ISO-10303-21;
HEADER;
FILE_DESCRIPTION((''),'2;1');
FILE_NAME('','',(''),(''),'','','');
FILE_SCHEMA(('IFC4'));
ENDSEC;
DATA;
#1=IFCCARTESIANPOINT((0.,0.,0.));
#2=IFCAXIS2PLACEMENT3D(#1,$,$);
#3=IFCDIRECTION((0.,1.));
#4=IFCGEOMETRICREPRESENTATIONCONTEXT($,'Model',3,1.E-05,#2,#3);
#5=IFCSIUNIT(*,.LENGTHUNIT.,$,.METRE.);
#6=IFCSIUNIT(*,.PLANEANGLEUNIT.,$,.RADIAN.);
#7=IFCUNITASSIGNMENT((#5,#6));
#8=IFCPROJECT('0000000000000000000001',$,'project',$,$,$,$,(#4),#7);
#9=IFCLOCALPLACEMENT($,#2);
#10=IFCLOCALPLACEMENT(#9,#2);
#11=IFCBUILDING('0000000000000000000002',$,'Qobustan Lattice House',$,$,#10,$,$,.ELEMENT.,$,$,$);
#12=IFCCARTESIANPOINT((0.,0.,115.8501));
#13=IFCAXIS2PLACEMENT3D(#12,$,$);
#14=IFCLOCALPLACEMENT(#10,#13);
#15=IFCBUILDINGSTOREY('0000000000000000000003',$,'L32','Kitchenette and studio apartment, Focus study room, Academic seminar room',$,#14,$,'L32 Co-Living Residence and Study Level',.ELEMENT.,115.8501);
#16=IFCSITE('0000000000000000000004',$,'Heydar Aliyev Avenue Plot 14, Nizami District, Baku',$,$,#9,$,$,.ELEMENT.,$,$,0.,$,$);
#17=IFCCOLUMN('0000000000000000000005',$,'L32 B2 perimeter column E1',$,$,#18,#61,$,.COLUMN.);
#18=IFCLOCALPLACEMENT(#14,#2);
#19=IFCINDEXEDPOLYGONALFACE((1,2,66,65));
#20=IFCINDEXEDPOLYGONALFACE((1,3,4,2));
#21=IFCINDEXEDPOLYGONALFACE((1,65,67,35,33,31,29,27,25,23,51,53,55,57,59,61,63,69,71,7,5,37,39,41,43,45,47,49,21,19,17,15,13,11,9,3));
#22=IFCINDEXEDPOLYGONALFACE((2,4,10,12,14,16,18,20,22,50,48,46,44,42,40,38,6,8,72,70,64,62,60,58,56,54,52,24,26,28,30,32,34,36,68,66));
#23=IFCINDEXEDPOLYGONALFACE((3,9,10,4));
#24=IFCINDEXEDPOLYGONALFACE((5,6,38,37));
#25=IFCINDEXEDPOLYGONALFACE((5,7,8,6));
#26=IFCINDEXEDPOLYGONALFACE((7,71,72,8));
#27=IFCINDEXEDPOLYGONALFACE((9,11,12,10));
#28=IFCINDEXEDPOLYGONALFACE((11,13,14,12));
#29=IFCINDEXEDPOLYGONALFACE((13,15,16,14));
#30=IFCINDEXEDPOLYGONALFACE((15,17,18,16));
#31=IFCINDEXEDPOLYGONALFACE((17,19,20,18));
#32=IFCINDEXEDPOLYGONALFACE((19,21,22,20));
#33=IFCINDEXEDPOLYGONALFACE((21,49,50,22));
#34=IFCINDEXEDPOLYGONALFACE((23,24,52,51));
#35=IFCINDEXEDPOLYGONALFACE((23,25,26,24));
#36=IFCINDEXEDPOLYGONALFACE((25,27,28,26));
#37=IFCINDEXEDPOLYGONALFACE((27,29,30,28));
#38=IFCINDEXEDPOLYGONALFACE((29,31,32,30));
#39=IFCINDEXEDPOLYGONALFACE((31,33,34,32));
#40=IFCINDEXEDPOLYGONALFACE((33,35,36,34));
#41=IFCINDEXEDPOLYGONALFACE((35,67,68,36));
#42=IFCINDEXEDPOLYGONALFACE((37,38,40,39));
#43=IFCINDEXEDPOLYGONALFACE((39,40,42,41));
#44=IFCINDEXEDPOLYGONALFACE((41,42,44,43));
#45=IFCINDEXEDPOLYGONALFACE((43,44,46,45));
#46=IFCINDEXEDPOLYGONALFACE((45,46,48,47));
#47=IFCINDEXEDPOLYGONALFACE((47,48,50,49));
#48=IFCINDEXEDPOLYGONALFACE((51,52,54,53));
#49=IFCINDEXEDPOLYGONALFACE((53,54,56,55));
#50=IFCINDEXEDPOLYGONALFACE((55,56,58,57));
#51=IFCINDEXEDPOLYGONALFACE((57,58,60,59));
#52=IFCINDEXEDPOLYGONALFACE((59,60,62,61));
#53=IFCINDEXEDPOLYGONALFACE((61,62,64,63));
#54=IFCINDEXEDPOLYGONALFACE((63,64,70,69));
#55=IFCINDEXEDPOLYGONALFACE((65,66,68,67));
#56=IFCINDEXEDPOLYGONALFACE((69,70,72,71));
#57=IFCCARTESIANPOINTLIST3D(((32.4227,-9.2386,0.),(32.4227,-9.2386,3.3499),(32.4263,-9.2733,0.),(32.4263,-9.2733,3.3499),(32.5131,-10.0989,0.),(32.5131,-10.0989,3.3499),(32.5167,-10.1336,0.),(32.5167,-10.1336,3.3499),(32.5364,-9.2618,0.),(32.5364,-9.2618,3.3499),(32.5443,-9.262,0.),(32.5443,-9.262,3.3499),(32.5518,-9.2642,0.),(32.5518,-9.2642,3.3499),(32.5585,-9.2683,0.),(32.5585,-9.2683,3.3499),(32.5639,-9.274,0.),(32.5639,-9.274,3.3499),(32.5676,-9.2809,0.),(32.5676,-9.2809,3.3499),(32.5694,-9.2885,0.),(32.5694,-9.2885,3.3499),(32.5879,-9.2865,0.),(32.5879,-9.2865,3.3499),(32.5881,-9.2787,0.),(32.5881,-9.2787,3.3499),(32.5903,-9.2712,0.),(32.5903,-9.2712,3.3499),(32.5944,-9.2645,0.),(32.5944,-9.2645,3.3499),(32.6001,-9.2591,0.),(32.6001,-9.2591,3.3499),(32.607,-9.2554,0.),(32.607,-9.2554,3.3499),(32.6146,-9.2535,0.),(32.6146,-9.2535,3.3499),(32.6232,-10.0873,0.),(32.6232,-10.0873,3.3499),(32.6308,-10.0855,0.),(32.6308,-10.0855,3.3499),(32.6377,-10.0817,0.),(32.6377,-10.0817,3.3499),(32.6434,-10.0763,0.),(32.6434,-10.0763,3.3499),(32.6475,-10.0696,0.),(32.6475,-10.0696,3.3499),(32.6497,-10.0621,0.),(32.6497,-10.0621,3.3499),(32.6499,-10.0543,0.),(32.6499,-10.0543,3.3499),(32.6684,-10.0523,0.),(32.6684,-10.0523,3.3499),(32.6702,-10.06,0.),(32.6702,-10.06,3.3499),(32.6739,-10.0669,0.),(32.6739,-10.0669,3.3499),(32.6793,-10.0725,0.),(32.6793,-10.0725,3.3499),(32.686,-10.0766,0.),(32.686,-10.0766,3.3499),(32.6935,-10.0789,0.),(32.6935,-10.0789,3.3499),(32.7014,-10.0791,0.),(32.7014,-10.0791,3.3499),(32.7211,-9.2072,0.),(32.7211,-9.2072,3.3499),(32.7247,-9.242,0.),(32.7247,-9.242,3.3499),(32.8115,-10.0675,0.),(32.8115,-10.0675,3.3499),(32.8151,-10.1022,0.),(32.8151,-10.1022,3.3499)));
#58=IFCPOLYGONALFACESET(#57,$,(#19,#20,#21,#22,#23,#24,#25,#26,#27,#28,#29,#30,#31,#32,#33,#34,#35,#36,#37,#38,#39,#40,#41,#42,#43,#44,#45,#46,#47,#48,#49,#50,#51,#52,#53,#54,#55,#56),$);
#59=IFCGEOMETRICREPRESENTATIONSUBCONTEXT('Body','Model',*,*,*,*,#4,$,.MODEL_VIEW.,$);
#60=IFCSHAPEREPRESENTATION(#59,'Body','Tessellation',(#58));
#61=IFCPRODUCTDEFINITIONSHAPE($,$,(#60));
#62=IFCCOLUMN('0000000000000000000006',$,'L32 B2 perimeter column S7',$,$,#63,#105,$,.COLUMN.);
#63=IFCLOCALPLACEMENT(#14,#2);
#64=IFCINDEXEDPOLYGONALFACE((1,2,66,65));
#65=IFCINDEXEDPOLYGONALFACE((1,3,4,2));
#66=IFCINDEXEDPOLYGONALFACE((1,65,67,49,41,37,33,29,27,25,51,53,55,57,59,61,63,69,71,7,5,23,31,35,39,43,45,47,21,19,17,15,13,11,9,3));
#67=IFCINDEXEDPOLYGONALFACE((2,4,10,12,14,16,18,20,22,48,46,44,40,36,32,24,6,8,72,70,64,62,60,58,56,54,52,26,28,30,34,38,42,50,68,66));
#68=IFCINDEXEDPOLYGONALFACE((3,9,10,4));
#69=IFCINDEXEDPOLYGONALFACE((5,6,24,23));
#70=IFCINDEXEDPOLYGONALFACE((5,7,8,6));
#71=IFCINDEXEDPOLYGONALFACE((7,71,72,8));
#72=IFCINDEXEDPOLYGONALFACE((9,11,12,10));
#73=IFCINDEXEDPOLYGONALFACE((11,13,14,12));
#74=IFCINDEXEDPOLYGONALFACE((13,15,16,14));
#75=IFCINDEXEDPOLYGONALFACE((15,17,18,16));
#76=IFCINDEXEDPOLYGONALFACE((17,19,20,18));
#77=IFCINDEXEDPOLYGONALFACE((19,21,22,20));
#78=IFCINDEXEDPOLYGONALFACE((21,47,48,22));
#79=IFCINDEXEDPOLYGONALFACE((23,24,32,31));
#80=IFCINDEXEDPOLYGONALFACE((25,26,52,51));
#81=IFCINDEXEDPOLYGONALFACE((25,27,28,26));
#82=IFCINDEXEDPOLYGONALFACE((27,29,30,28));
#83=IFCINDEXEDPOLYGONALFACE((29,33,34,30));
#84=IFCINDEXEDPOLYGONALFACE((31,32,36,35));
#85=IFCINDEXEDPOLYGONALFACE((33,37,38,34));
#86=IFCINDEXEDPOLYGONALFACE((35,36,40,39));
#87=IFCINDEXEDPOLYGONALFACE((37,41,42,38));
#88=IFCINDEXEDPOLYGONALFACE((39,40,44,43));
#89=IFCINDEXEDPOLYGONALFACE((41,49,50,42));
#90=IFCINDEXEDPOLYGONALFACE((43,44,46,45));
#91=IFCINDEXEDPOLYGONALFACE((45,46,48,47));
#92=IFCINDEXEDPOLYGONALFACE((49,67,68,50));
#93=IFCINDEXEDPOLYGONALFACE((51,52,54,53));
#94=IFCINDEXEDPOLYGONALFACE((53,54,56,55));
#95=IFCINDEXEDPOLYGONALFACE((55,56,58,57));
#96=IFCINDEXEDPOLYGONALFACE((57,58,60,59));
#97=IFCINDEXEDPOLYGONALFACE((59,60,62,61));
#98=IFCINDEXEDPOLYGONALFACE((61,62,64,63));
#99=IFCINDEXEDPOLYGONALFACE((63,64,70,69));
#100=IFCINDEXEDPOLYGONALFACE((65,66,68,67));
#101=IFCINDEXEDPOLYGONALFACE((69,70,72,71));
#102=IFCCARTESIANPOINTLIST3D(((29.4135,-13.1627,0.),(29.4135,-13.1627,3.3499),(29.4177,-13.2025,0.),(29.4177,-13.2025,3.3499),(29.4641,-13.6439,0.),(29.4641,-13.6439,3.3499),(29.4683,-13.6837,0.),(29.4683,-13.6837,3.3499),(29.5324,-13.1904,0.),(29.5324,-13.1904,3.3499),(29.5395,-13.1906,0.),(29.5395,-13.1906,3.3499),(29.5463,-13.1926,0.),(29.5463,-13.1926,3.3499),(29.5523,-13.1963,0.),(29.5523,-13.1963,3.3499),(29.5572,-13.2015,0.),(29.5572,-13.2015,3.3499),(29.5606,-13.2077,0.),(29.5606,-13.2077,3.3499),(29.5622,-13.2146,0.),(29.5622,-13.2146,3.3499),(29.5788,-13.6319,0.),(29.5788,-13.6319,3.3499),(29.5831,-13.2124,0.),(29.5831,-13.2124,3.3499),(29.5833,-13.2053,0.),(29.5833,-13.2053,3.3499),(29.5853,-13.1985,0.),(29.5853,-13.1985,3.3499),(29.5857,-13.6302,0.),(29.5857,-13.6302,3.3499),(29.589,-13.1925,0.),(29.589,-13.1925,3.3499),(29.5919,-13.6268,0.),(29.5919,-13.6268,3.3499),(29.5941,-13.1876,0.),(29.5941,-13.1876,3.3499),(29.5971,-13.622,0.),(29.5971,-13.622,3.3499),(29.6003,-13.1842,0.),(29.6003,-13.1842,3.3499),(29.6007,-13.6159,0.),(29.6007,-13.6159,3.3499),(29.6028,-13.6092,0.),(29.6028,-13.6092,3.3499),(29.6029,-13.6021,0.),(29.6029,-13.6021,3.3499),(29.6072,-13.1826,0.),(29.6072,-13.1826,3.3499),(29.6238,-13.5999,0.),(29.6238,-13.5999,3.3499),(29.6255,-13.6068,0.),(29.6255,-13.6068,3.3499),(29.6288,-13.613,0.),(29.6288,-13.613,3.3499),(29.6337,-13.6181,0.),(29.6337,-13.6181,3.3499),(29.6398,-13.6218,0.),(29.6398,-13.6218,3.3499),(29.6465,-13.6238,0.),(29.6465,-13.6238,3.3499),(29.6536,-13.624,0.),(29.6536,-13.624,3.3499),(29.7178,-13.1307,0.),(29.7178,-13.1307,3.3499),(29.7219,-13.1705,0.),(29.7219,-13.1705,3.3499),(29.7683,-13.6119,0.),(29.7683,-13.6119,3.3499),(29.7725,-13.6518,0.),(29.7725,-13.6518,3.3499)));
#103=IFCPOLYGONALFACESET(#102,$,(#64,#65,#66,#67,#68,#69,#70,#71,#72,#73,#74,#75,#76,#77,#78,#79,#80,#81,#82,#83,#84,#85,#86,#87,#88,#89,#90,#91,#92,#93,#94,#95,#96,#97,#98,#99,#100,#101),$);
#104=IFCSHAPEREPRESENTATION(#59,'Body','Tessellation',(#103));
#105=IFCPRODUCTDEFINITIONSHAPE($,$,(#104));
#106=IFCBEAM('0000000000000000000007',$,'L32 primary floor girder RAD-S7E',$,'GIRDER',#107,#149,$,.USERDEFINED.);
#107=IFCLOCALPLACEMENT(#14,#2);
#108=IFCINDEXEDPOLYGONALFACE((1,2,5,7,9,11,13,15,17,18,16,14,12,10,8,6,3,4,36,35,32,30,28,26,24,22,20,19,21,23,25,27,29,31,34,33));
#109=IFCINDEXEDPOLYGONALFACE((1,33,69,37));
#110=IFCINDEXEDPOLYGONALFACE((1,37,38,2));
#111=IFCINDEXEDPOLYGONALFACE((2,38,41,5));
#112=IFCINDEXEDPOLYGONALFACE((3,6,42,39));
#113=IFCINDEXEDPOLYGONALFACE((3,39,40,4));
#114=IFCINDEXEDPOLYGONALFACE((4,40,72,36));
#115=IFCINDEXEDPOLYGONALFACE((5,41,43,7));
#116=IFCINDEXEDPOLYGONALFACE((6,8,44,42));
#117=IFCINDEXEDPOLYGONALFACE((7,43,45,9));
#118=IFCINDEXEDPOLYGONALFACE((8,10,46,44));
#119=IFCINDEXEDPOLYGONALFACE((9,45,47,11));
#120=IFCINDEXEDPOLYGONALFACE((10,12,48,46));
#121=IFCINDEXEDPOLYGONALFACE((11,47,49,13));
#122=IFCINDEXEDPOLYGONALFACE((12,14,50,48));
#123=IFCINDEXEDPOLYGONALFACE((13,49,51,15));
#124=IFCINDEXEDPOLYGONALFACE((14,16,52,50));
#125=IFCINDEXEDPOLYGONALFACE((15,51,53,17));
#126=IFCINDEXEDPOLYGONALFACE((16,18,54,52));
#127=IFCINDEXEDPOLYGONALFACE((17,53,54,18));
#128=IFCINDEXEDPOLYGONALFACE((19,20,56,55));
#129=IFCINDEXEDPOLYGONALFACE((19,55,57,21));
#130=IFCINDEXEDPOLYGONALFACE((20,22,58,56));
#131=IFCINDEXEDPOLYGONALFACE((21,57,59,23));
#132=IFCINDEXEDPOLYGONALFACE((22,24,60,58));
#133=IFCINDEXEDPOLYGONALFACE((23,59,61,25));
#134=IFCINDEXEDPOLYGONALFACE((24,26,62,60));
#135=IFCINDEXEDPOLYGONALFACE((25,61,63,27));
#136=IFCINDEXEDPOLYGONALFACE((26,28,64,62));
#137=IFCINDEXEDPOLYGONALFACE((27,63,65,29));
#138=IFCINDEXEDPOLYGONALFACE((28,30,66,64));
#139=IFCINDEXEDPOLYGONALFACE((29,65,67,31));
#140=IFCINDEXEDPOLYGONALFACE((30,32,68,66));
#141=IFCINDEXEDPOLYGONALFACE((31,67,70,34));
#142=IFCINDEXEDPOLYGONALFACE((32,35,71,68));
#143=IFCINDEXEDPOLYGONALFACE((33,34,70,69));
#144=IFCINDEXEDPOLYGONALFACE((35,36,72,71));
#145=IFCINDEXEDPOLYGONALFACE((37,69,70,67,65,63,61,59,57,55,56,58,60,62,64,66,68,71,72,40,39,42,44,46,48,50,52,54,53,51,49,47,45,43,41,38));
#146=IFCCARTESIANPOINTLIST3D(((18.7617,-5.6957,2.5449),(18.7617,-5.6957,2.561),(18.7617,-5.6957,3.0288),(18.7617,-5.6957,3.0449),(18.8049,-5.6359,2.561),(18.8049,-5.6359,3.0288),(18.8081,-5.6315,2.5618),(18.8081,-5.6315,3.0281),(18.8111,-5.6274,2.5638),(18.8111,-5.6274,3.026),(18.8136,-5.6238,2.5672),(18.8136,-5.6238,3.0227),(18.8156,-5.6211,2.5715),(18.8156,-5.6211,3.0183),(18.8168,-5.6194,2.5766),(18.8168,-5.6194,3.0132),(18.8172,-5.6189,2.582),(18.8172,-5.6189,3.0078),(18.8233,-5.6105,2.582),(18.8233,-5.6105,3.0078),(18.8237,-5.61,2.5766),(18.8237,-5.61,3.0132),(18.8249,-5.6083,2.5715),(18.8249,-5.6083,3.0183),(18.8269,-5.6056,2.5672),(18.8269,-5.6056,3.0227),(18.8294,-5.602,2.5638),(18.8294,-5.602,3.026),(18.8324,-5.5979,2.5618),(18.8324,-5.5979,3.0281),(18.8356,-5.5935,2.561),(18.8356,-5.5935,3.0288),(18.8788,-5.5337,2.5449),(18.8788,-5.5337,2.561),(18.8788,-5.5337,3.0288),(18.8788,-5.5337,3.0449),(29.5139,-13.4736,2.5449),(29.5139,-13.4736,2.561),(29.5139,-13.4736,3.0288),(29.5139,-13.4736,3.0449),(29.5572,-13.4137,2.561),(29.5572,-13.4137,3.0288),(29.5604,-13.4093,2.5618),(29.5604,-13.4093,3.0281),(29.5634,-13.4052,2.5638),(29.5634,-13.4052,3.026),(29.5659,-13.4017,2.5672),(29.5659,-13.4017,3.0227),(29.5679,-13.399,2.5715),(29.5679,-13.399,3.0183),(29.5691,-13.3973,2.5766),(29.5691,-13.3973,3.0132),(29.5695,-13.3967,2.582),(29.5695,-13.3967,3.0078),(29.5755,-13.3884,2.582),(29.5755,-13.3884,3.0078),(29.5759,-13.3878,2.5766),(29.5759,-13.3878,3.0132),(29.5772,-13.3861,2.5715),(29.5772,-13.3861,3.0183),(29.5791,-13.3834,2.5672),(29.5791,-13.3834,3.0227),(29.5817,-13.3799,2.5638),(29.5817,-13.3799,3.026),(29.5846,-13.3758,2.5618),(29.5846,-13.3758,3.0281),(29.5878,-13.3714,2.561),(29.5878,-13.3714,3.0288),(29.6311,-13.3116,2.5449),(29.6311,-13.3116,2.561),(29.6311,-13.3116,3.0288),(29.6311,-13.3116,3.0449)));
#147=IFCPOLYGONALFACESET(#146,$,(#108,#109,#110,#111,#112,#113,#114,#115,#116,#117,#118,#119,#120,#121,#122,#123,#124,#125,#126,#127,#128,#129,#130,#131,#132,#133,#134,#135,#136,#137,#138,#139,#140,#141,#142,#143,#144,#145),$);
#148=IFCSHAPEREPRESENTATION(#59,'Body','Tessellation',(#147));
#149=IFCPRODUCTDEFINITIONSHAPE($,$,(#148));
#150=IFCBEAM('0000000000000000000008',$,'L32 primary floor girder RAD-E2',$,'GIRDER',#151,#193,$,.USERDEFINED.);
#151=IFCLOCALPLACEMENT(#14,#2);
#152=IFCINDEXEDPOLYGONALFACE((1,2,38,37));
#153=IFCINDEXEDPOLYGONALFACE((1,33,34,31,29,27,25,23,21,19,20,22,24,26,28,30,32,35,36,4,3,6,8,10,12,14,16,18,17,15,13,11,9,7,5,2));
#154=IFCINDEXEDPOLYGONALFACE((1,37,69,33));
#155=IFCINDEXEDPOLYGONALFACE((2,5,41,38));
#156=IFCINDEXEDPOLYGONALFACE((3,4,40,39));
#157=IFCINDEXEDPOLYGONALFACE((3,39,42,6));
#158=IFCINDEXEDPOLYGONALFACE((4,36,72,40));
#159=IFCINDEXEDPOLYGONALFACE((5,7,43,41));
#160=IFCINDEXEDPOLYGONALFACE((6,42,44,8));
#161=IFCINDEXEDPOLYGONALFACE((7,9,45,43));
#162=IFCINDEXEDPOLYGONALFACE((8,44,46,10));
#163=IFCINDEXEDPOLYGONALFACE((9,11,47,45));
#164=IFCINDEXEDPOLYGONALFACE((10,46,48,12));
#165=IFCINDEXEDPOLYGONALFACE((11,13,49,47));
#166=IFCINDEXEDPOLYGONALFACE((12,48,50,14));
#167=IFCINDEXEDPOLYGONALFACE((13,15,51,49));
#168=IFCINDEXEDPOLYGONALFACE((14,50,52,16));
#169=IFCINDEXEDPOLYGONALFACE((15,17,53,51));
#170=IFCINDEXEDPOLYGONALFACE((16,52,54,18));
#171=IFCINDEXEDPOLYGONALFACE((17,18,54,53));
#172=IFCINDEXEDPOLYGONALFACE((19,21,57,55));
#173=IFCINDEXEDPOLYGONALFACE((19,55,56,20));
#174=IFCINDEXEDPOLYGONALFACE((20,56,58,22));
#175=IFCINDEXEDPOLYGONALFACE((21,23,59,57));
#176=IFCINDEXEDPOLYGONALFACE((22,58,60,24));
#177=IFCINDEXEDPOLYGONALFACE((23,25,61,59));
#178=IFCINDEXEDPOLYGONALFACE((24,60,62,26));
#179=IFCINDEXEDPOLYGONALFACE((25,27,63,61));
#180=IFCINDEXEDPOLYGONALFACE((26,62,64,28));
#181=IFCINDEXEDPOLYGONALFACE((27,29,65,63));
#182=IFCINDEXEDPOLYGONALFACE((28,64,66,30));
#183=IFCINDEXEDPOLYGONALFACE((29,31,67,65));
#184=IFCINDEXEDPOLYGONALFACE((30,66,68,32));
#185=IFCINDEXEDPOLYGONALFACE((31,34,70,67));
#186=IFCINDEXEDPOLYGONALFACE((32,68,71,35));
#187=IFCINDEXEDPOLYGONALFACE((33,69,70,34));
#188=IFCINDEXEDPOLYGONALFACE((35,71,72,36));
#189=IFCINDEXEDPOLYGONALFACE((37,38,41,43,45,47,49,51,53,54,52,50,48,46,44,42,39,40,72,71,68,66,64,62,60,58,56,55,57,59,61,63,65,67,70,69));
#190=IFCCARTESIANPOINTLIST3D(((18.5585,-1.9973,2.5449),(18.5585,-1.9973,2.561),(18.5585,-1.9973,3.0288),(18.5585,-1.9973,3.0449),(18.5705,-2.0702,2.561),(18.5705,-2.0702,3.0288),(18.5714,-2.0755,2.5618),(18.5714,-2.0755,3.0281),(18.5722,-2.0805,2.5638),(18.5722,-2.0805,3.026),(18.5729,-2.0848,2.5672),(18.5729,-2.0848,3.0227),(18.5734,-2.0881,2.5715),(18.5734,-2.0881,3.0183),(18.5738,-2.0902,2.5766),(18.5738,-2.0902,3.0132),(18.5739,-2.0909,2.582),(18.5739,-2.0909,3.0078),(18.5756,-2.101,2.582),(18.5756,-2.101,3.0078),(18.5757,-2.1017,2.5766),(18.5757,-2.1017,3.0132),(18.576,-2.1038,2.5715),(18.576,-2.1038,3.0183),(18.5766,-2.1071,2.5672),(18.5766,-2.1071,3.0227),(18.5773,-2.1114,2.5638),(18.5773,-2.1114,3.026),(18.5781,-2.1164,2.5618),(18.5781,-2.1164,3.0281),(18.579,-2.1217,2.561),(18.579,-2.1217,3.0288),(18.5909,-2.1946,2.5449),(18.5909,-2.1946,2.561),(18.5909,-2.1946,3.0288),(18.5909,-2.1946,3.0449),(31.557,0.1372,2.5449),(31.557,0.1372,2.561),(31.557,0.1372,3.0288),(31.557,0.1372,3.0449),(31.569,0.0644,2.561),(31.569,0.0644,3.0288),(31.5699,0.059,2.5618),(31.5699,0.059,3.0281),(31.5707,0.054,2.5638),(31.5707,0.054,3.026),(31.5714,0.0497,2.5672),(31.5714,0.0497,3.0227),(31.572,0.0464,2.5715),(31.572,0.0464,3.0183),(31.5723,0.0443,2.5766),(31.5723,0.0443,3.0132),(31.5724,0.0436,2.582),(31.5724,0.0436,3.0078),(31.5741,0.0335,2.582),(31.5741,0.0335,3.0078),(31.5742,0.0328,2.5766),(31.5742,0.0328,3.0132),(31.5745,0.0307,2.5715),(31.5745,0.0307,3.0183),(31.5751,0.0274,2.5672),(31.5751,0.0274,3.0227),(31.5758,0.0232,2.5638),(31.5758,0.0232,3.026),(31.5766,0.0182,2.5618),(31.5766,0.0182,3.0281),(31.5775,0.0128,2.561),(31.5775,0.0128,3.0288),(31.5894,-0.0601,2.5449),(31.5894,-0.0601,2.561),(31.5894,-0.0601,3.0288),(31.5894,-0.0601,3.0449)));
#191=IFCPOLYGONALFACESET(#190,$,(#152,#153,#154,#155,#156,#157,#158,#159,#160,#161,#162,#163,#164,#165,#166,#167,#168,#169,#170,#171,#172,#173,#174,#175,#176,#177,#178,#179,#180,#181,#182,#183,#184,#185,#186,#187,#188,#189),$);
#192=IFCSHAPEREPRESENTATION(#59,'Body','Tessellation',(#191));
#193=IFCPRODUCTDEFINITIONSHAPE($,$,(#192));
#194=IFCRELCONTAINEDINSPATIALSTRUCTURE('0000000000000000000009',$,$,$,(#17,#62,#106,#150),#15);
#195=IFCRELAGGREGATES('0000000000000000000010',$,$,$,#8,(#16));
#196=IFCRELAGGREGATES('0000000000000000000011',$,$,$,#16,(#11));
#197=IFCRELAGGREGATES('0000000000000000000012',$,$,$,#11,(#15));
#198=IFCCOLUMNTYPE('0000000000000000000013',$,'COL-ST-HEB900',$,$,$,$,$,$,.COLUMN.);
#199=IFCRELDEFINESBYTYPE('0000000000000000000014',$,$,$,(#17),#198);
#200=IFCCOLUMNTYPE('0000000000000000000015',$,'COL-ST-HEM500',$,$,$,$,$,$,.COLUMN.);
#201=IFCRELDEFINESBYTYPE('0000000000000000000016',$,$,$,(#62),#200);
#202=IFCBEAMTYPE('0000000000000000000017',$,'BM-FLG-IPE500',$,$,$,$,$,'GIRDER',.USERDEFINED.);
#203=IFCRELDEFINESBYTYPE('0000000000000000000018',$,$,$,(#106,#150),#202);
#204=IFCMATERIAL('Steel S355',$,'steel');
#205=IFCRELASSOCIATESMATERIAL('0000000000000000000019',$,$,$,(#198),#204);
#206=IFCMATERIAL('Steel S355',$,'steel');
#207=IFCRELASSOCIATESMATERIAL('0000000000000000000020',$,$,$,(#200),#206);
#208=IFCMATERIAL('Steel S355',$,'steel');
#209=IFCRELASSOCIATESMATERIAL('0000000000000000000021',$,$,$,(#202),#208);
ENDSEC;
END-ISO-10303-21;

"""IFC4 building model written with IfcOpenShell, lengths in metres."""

from ifc_helpers import new_model, si_unit, direction, frame, origin, origin_2d, place, context, subcontext, project, spatial, i_section, extrude, material, material_profile, profile_set, type_object, element, save


model = new_model("IFC4")

# Units and contexts
model_context = context("Model", 3, precision=1e-05, world=origin(), true_north=direction((0.0, 1.0)))
body_context = subcontext(model_context, "Body", "Model", "MODEL_VIEW")
ifc_project = project(units=[si_unit("LENGTHUNIT", "METRE"), si_unit("PLANEANGLEUNIT", "RADIAN")], contexts=[model_context])

# Site, building, storey
site_placement = place(None, origin())
site = spatial("IfcSite", under=ifc_project, at=site_placement, Name="Heydar Aliyev Avenue Plot 14, Nizami District, Baku", CompositionType="ELEMENT", RefElevation=0.0)
building_placement = place(site_placement, origin())
building = spatial("IfcBuilding", under=site, at=building_placement, Name="Qobustan Lattice House", CompositionType="ELEMENT")
storey_placement = place(building_placement, frame((0.0, 0.0, 115.8501)))
storey = spatial("IfcBuildingStorey", under=building, at=storey_placement, Name="L32", Description="Kitchenette and studio apartment, Focus study room, Academic seminar room", LongName="L32 Co-Living Residence and Study Level", CompositionType="ELEMENT", Elevation=115.8501)

# Columns
ifc_material_1 = material(Name="Steel S355", Category="steel")
ifc_material_profile_1 = material_profile(ifc_material_1, i_section(OverallWidth=0.3, OverallDepth=0.8999, WebThickness=0.0186, FlangeThickness=0.0349, FilletRadius=0.03, at=origin_2d()), Name="HEB900")
ifc_profile_set_1 = profile_set([ifc_material_profile_1], Name="Steel S355")
column_type_1 = type_object("IfcColumnType", Name="COL-ST-HEB900", PredefinedType="COLUMN", material=ifc_profile_set_1)
column_1_placement = place(storey_placement, frame((32.6189, -9.6704, 0.0), z_axis=(0.0, 0.0, 1.0), x_axis=(0.994522, 0.104528, 0.0)))
element("IfcColumn", 1, at=column_1_placement, inside=storey, type_object=column_type_1, Name="L32 B2 perimeter column E1", PredefinedType="COLUMN", context=body_context, shape_type="SweptSolid", body=[
    extrude(i_section(OverallWidth=0.3, OverallDepth=0.8999, WebThickness=0.0186, FlangeThickness=0.0349, FilletRadius=0.03, at=origin_2d()), origin(), (0.0, 0.0, 1.0), 3.3499),
])
ifc_material_2 = material(Name="Steel S355", Category="steel")
ifc_material_profile_2 = material_profile(ifc_material_2, i_section(OverallWidth=0.3059, OverallDepth=0.5239, WebThickness=0.021, FlangeThickness=0.04, FilletRadius=0.0271, at=origin_2d()), Name="HEM500")
ifc_profile_set_2 = profile_set([ifc_material_profile_2], Name="Steel S355")
column_type_2 = type_object("IfcColumnType", Name="COL-ST-HEM500", PredefinedType="COLUMN", material=ifc_profile_set_2)
column_2_placement = place(storey_placement, frame((29.593, -13.4072, 0.0), z_axis=(0.0, 0.0, 1.0), x_axis=(0.994522, 0.104528, 0.0)))
element("IfcColumn", 2, at=column_2_placement, inside=storey, type_object=column_type_2, Name="L32 B2 perimeter column S7", PredefinedType="COLUMN", context=body_context, shape_type="SweptSolid", body=[
    extrude(i_section(OverallWidth=0.3059, OverallDepth=0.5239, WebThickness=0.021, FlangeThickness=0.04, FilletRadius=0.0271, at=origin_2d()), origin(), (0.0, 0.0, 1.0), 3.3499),
])

# Beams
ifc_material_3 = material(Name="Steel S355", Category="steel")
ifc_material_profile_3 = material_profile(ifc_material_3, i_section(OverallWidth=0.2, OverallDepth=0.5, WebThickness=0.0103, FlangeThickness=0.0161, FilletRadius=0.021, at=origin_2d()), Name="IPE500")
ifc_profile_set_3 = profile_set([ifc_material_profile_3], Name="Steel S355")
beam_type_1 = type_object("IfcBeamType", Name="BM-FLG-IPE500", ElementType="GIRDER", PredefinedType="USERDEFINED", material=ifc_profile_set_3)
beam_1_placement = place(storey_placement, frame((29.5725, -13.3926, 2.7949), z_axis=(-0.810237, 0.586102, 0.0), x_axis=(-0.586102, -0.810237, 0.0)))
element("IfcBeam", 3, at=beam_1_placement, inside=storey, type_object=beam_type_1, Name="L32 primary floor girder RAD-S7E", ObjectType="GIRDER", PredefinedType="USERDEFINED", context=body_context, shape_type="SweptSolid", body=[
    extrude(i_section(OverallWidth=0.2, OverallDepth=0.5, WebThickness=0.0103, FlangeThickness=0.0161, FilletRadius=0.021, at=origin_2d()), origin(), (0.0, 0.0, 1.0), 13.2705),
])
beam_2_placement = place(storey_placement, frame((31.5732, 0.0386, 2.7949), z_axis=(-0.986784, -0.162042, 0.0), x_axis=(0.162042, -0.986784, 0.0)))
element("IfcBeam", 4, at=beam_2_placement, inside=storey, type_object=beam_type_1, Name="L32 primary floor girder RAD-E2", ObjectType="GIRDER", PredefinedType="USERDEFINED", context=body_context, shape_type="SweptSolid", body=[
    extrude(i_section(OverallWidth=0.2, OverallDepth=0.5, WebThickness=0.0103, FlangeThickness=0.0161, FilletRadius=0.021, at=origin_2d()), origin(), (0.0, 0.0, 1.0), 13.1726),
])

save(model, "model.ifc")
